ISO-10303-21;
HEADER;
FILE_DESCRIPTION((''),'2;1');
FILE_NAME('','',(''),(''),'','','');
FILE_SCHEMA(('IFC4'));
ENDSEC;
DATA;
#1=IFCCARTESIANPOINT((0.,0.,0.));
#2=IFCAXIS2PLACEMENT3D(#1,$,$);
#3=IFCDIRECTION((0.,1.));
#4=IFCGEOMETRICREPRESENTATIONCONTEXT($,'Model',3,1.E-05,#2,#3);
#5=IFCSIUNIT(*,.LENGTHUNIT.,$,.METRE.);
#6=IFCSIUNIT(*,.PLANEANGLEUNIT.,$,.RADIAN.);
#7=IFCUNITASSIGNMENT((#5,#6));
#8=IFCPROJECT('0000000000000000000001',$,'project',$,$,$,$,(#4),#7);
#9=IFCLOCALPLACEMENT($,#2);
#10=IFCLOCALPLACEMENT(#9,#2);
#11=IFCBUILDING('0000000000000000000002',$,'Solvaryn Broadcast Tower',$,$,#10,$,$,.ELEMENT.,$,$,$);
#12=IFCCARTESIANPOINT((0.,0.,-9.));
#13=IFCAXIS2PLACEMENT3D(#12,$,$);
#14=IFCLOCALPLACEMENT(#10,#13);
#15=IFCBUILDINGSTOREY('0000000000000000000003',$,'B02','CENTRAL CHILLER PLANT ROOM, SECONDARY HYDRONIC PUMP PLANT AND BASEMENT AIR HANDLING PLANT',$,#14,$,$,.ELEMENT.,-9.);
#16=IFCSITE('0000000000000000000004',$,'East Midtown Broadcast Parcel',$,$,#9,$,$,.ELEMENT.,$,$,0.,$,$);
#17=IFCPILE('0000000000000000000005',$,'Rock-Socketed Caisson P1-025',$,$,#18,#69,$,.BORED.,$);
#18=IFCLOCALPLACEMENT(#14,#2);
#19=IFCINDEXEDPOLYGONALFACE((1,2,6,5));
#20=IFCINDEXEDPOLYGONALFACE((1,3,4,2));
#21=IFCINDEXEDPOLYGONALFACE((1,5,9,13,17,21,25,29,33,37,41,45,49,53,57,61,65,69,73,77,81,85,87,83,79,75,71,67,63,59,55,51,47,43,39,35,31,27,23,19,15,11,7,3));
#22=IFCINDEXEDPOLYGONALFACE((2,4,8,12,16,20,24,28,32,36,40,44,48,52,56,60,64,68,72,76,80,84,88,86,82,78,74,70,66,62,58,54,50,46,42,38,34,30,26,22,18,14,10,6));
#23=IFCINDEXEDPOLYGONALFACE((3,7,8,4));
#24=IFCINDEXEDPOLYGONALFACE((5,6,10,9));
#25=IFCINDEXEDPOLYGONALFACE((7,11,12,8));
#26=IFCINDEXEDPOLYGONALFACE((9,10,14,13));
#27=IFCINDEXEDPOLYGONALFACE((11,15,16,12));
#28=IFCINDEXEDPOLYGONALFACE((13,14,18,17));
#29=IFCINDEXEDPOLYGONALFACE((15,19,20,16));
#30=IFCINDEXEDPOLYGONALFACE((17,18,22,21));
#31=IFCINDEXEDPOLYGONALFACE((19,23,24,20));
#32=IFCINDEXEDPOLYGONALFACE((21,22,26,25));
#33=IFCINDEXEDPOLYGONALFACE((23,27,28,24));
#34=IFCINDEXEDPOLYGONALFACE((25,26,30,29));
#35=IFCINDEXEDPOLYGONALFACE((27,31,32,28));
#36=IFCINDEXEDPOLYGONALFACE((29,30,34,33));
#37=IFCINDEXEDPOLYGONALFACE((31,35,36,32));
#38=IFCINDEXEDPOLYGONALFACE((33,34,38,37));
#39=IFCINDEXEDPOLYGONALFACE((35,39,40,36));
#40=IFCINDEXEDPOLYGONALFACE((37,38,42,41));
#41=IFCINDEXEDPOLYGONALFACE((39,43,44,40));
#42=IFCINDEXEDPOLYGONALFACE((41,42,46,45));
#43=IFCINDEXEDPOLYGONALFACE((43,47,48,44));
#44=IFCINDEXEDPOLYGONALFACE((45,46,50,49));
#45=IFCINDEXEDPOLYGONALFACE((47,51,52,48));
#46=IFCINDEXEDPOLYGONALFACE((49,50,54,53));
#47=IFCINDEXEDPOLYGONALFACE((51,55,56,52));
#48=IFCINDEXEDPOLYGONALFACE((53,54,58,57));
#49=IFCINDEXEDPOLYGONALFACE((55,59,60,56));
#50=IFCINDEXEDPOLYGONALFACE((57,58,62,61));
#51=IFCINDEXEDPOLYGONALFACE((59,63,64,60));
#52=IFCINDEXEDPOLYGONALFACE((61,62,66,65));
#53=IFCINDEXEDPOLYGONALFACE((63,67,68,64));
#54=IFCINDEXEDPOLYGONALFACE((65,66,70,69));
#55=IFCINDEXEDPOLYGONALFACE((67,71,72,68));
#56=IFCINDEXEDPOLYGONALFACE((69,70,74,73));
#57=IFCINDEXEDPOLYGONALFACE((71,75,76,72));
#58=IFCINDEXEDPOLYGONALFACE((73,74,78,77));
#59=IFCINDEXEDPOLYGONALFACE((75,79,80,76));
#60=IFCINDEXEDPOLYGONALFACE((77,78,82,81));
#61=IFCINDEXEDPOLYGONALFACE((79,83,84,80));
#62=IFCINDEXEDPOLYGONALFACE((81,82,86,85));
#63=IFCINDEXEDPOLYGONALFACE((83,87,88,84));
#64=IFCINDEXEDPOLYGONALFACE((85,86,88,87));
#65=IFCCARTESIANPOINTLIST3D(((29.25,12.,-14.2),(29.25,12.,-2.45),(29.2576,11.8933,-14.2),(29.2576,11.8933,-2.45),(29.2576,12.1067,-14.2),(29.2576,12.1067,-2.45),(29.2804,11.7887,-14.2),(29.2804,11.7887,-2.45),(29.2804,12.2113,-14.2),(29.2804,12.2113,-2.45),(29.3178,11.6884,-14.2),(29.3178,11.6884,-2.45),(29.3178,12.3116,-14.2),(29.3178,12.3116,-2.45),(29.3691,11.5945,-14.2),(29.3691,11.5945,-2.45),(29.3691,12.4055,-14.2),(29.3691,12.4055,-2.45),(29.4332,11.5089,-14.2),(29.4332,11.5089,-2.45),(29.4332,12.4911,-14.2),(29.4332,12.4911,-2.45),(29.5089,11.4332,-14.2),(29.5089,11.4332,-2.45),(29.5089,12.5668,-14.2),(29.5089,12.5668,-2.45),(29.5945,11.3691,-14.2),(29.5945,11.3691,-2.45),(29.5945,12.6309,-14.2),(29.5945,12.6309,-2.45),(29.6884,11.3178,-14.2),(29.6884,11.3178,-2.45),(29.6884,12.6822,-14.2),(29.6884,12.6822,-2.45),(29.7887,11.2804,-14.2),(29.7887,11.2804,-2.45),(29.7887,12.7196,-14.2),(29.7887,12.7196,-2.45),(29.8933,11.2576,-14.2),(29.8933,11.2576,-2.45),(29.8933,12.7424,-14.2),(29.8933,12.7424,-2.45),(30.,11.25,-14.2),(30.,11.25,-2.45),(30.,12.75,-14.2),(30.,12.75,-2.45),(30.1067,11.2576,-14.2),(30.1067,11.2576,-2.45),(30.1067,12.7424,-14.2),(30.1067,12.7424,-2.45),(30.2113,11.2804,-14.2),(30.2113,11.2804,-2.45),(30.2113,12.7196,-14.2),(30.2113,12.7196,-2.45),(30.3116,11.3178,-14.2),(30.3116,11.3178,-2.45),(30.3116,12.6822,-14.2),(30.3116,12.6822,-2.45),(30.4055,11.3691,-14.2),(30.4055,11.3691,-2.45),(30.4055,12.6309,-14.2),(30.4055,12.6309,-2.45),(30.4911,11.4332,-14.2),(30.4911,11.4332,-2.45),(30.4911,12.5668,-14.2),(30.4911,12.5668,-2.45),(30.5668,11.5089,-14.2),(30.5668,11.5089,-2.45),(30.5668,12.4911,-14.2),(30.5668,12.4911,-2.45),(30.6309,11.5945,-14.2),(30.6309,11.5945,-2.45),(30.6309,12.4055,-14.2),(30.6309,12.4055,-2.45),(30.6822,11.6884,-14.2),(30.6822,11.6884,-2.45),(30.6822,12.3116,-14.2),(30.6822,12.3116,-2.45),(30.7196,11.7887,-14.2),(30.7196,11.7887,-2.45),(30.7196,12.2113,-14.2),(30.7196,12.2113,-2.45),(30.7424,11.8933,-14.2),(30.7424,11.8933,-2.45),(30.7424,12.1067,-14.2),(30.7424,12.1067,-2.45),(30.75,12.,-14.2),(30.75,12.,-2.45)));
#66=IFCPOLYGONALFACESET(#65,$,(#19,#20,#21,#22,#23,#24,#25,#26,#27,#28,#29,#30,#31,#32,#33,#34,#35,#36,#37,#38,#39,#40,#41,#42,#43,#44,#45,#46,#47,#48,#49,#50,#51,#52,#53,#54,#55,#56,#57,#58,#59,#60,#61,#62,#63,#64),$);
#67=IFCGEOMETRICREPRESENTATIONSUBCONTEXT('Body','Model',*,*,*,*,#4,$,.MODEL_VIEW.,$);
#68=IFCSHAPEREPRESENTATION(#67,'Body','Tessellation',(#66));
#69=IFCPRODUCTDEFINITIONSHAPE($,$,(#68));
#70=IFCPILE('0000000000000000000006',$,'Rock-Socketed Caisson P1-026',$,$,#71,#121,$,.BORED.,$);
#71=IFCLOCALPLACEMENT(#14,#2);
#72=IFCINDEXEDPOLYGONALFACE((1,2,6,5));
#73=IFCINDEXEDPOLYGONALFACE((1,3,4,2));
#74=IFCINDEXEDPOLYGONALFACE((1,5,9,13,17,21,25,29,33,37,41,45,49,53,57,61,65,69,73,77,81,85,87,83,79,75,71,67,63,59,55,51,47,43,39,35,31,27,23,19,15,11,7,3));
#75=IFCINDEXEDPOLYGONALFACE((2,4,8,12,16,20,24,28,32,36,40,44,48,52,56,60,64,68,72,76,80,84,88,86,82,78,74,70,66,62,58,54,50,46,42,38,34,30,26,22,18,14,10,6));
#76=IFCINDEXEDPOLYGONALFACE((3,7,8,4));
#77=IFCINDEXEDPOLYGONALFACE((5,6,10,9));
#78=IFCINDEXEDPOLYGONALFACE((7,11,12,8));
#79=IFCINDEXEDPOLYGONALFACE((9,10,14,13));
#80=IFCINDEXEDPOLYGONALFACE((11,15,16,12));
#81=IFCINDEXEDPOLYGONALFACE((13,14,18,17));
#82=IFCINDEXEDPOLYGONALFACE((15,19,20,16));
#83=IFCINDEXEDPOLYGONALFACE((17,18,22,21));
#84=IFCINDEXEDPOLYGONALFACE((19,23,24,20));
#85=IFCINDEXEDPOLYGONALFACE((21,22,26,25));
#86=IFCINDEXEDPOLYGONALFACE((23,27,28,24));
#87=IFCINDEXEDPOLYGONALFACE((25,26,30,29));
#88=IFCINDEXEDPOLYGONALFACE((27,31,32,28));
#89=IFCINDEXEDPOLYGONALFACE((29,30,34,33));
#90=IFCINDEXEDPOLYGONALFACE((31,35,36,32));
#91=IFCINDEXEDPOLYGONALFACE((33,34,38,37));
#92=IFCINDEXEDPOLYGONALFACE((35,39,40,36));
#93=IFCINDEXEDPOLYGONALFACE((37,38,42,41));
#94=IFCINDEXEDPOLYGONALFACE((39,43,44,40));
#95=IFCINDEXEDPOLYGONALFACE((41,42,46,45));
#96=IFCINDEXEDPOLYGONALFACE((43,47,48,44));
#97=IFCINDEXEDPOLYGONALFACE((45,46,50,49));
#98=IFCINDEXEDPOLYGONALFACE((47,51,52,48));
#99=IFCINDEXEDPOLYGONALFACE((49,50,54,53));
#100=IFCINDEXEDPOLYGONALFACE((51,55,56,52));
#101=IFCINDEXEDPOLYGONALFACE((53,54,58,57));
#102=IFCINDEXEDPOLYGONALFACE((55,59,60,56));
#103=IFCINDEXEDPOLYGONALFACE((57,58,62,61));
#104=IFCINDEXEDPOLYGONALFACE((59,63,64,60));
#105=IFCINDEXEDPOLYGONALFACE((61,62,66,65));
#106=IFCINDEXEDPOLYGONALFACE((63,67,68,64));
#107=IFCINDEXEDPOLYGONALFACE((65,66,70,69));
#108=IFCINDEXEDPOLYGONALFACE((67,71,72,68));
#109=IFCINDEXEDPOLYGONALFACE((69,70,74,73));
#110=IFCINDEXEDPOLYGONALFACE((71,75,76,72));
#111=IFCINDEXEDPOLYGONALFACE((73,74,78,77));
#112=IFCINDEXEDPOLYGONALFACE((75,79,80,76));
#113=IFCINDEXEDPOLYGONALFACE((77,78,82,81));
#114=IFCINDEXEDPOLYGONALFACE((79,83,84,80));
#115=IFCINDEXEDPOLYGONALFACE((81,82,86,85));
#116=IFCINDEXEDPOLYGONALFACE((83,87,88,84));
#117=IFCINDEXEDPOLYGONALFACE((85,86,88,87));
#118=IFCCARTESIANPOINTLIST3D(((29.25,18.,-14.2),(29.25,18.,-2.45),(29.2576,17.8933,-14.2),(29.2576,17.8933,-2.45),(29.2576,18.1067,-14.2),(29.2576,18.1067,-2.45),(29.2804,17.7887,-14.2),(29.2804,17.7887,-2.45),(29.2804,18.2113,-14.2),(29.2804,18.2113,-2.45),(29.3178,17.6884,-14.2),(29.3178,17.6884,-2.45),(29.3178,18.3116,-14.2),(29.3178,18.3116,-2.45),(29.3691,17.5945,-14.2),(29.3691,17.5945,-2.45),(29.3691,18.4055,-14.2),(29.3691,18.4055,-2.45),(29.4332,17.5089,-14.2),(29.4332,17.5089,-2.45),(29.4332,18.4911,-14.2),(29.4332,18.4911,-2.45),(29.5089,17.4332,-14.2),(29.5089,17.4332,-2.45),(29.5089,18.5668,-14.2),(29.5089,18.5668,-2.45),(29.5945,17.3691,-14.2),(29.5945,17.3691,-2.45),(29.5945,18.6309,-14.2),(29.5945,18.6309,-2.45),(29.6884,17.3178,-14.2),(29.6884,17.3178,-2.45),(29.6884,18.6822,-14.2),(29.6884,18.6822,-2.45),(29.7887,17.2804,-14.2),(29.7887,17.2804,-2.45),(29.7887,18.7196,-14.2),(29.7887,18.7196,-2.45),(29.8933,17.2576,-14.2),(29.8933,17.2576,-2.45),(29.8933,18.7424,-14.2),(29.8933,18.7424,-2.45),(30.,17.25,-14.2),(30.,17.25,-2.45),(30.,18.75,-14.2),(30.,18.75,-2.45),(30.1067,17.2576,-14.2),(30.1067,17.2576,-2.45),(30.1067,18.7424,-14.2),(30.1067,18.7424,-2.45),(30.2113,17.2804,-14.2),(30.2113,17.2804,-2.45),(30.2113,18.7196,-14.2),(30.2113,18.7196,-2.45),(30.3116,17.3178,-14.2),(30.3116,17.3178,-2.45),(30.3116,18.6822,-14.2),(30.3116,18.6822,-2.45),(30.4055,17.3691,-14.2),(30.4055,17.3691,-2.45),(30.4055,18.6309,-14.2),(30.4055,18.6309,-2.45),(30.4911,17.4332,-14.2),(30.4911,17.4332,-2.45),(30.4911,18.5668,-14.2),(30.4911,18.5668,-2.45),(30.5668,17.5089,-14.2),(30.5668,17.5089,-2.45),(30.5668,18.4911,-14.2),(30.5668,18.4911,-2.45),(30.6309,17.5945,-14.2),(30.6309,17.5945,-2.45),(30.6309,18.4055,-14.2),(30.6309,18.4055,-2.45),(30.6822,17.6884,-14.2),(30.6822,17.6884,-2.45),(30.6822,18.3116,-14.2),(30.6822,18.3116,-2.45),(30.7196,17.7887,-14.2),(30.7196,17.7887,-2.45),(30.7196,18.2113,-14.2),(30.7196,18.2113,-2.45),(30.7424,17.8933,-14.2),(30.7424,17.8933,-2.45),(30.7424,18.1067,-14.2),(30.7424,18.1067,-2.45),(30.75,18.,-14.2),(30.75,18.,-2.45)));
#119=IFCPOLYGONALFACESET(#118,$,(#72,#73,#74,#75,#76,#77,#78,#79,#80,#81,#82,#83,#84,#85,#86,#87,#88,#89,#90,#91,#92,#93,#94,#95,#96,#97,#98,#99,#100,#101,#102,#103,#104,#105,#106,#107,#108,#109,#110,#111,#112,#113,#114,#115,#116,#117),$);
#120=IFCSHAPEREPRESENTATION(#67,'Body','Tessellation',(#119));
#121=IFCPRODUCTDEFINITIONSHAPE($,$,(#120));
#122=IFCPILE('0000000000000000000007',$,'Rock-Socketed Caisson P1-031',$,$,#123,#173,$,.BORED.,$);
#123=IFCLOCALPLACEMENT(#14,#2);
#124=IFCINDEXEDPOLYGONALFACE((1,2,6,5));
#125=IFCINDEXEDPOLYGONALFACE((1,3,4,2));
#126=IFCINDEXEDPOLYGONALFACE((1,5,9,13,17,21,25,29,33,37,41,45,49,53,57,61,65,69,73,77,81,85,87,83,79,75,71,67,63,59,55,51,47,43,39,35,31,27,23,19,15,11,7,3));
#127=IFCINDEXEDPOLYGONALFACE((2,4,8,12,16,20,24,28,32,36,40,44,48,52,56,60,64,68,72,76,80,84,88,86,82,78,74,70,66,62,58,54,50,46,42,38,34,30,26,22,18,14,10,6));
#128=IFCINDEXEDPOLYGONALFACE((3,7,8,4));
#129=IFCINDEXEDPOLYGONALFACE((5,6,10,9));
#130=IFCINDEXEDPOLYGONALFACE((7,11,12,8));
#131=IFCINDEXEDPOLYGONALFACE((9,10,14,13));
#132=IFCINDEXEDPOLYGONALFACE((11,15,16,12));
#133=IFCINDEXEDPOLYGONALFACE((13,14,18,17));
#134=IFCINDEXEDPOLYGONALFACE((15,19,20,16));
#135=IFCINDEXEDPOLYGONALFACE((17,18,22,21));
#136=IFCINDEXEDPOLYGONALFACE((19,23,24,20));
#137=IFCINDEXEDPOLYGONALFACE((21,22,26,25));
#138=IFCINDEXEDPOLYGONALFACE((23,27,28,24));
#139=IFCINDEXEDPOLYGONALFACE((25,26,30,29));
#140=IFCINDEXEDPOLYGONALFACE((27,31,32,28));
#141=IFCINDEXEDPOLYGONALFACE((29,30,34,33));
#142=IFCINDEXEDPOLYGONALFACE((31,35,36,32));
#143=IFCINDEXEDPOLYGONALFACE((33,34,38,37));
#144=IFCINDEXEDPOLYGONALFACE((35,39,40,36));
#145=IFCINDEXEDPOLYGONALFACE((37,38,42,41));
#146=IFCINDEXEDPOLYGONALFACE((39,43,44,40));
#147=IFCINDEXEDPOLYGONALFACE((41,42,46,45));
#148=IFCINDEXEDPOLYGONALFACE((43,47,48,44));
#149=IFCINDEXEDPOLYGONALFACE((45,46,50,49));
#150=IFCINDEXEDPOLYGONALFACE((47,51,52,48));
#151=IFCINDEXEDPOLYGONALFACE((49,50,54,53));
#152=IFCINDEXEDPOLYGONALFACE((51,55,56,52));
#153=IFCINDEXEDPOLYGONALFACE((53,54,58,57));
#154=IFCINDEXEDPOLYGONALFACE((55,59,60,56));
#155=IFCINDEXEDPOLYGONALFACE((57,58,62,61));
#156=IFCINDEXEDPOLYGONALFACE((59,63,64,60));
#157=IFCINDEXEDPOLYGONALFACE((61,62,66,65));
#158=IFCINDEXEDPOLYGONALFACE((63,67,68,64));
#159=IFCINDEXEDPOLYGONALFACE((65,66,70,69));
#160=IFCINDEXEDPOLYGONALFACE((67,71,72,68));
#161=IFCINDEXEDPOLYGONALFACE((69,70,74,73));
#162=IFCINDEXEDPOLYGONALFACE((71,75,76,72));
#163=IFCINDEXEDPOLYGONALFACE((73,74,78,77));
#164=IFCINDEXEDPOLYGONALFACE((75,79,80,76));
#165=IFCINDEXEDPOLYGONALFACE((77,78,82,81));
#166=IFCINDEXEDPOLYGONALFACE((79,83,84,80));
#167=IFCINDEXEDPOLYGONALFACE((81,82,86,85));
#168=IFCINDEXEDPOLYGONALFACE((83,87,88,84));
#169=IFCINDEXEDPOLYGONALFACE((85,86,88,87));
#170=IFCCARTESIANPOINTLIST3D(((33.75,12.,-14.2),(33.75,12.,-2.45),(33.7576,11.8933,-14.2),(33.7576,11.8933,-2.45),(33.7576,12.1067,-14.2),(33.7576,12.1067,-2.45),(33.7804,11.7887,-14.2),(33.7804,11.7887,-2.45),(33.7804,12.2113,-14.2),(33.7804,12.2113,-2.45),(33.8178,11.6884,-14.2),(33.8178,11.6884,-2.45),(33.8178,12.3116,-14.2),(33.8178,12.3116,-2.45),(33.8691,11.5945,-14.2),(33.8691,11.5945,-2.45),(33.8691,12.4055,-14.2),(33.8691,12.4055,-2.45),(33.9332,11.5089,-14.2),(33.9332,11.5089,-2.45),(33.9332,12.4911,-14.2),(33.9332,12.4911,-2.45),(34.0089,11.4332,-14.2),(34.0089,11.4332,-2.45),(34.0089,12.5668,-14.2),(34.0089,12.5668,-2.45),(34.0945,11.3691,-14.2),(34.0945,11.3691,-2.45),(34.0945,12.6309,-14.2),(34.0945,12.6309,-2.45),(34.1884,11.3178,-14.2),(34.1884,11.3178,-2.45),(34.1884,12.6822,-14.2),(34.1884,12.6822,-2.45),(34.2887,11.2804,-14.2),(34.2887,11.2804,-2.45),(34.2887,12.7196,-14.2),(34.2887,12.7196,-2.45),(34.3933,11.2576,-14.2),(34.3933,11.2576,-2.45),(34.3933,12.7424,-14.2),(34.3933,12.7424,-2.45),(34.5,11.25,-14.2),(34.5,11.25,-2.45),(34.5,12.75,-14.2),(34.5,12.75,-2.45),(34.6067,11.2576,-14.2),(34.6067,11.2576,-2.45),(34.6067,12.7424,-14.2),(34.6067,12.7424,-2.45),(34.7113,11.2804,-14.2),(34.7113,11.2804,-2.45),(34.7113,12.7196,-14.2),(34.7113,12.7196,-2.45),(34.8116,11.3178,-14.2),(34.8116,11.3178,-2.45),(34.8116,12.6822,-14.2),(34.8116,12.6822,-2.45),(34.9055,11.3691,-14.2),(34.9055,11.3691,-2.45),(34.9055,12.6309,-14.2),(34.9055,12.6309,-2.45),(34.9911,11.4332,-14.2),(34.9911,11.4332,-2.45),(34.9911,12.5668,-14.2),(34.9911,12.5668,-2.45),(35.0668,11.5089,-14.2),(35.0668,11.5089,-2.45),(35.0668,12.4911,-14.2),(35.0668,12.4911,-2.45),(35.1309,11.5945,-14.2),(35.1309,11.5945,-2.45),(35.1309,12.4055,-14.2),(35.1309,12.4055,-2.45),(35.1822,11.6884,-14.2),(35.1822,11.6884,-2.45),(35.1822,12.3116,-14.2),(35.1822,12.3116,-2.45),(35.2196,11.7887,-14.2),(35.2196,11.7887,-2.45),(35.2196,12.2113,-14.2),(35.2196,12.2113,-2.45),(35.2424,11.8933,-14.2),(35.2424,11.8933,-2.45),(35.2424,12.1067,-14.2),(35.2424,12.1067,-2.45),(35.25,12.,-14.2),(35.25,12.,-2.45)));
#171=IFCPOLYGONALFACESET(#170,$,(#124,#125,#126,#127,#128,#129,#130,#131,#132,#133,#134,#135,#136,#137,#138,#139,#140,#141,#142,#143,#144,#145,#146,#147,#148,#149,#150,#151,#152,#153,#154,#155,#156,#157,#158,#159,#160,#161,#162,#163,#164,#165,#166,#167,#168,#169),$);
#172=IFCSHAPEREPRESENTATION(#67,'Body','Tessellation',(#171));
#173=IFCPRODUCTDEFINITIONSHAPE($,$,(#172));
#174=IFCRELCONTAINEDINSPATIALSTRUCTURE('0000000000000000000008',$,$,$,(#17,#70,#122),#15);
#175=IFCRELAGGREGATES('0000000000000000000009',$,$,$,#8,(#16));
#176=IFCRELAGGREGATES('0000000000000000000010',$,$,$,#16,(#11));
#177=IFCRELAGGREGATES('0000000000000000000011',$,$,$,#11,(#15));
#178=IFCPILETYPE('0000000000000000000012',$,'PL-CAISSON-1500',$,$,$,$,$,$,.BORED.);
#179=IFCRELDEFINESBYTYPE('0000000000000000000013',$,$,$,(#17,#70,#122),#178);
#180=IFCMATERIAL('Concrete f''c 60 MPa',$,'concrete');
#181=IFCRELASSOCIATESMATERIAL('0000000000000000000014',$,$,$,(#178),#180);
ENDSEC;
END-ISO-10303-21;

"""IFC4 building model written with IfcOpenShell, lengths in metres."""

from ifc_helpers import new_model, si_unit, direction, frame, origin, origin_2d, place, context, subcontext, project, spatial, circle, extrude, material, material_profile, profile_set, type_object, element, save


model = new_model("IFC4")

# Units and contexts
model_context = context("Model", 3, precision=1e-05, world=origin(), true_north=direction((0.0, 1.0)))
body_context = subcontext(model_context, "Body", "Model", "MODEL_VIEW")
ifc_project = project(units=[si_unit("LENGTHUNIT", "METRE"), si_unit("PLANEANGLEUNIT", "RADIAN")], contexts=[model_context])

# Site, building, storey
site_placement = place(None, origin())
site = spatial("IfcSite", under=ifc_project, at=site_placement, Name="East Midtown Broadcast Parcel", CompositionType="ELEMENT", RefElevation=0.0)
building_placement = place(site_placement, origin())
building = spatial("IfcBuilding", under=site, at=building_placement, Name="Solvaryn Broadcast Tower", CompositionType="ELEMENT")
storey_placement = place(building_placement, frame((0.0, 0.0, -9.0)))
storey = spatial("IfcBuildingStorey", under=building, at=storey_placement, Name="B02", Description="CENTRAL CHILLER PLANT ROOM, SECONDARY HYDRONIC PUMP PLANT AND BASEMENT AIR HANDLING PLANT", CompositionType="ELEMENT", Elevation=-9.0)

# Piles
ifc_material_1 = material(Name="Concrete f'c 60 MPa", Category="concrete")
ifc_material_profile_1 = material_profile(ifc_material_1, circle(Radius=0.75, at=origin_2d()))
ifc_profile_set_1 = profile_set([ifc_material_profile_1], Name="Concrete f'c 60 MPa")
pile_type = type_object("IfcPileType", Name="PL-CAISSON-1500", PredefinedType="BORED", material=ifc_profile_set_1)
for number, where, z_axis, x_axis, name in (
    (1, (30.0, 12.0, -2.45), (0.0, 0.0, -1.0), (1.0, 0.0, 0.0), "Rock-Socketed Caisson P1-025"),
    (2, (30.0, 18.0, -2.45), (0.0, 0.0, -1.0), (1.0, 0.0, 0.0), "Rock-Socketed Caisson P1-026"),
    (3, (34.5, 12.0, -2.45), (0.0, 0.0, -1.0), (1.0, 0.0, 0.0), "Rock-Socketed Caisson P1-031"),
):
    element("IfcPile", number, at=place(storey_placement, frame(where, z_axis=z_axis, x_axis=x_axis)), inside=storey, type_object=pile_type, Name=name, PredefinedType="BORED", context=body_context, shape_type="SweptSolid", body=[
        extrude(circle(Radius=0.75, at=origin_2d()), origin(), (0.0, 0.0, 1.0), 11.75),
    ])

save(model, "model.ifc")
